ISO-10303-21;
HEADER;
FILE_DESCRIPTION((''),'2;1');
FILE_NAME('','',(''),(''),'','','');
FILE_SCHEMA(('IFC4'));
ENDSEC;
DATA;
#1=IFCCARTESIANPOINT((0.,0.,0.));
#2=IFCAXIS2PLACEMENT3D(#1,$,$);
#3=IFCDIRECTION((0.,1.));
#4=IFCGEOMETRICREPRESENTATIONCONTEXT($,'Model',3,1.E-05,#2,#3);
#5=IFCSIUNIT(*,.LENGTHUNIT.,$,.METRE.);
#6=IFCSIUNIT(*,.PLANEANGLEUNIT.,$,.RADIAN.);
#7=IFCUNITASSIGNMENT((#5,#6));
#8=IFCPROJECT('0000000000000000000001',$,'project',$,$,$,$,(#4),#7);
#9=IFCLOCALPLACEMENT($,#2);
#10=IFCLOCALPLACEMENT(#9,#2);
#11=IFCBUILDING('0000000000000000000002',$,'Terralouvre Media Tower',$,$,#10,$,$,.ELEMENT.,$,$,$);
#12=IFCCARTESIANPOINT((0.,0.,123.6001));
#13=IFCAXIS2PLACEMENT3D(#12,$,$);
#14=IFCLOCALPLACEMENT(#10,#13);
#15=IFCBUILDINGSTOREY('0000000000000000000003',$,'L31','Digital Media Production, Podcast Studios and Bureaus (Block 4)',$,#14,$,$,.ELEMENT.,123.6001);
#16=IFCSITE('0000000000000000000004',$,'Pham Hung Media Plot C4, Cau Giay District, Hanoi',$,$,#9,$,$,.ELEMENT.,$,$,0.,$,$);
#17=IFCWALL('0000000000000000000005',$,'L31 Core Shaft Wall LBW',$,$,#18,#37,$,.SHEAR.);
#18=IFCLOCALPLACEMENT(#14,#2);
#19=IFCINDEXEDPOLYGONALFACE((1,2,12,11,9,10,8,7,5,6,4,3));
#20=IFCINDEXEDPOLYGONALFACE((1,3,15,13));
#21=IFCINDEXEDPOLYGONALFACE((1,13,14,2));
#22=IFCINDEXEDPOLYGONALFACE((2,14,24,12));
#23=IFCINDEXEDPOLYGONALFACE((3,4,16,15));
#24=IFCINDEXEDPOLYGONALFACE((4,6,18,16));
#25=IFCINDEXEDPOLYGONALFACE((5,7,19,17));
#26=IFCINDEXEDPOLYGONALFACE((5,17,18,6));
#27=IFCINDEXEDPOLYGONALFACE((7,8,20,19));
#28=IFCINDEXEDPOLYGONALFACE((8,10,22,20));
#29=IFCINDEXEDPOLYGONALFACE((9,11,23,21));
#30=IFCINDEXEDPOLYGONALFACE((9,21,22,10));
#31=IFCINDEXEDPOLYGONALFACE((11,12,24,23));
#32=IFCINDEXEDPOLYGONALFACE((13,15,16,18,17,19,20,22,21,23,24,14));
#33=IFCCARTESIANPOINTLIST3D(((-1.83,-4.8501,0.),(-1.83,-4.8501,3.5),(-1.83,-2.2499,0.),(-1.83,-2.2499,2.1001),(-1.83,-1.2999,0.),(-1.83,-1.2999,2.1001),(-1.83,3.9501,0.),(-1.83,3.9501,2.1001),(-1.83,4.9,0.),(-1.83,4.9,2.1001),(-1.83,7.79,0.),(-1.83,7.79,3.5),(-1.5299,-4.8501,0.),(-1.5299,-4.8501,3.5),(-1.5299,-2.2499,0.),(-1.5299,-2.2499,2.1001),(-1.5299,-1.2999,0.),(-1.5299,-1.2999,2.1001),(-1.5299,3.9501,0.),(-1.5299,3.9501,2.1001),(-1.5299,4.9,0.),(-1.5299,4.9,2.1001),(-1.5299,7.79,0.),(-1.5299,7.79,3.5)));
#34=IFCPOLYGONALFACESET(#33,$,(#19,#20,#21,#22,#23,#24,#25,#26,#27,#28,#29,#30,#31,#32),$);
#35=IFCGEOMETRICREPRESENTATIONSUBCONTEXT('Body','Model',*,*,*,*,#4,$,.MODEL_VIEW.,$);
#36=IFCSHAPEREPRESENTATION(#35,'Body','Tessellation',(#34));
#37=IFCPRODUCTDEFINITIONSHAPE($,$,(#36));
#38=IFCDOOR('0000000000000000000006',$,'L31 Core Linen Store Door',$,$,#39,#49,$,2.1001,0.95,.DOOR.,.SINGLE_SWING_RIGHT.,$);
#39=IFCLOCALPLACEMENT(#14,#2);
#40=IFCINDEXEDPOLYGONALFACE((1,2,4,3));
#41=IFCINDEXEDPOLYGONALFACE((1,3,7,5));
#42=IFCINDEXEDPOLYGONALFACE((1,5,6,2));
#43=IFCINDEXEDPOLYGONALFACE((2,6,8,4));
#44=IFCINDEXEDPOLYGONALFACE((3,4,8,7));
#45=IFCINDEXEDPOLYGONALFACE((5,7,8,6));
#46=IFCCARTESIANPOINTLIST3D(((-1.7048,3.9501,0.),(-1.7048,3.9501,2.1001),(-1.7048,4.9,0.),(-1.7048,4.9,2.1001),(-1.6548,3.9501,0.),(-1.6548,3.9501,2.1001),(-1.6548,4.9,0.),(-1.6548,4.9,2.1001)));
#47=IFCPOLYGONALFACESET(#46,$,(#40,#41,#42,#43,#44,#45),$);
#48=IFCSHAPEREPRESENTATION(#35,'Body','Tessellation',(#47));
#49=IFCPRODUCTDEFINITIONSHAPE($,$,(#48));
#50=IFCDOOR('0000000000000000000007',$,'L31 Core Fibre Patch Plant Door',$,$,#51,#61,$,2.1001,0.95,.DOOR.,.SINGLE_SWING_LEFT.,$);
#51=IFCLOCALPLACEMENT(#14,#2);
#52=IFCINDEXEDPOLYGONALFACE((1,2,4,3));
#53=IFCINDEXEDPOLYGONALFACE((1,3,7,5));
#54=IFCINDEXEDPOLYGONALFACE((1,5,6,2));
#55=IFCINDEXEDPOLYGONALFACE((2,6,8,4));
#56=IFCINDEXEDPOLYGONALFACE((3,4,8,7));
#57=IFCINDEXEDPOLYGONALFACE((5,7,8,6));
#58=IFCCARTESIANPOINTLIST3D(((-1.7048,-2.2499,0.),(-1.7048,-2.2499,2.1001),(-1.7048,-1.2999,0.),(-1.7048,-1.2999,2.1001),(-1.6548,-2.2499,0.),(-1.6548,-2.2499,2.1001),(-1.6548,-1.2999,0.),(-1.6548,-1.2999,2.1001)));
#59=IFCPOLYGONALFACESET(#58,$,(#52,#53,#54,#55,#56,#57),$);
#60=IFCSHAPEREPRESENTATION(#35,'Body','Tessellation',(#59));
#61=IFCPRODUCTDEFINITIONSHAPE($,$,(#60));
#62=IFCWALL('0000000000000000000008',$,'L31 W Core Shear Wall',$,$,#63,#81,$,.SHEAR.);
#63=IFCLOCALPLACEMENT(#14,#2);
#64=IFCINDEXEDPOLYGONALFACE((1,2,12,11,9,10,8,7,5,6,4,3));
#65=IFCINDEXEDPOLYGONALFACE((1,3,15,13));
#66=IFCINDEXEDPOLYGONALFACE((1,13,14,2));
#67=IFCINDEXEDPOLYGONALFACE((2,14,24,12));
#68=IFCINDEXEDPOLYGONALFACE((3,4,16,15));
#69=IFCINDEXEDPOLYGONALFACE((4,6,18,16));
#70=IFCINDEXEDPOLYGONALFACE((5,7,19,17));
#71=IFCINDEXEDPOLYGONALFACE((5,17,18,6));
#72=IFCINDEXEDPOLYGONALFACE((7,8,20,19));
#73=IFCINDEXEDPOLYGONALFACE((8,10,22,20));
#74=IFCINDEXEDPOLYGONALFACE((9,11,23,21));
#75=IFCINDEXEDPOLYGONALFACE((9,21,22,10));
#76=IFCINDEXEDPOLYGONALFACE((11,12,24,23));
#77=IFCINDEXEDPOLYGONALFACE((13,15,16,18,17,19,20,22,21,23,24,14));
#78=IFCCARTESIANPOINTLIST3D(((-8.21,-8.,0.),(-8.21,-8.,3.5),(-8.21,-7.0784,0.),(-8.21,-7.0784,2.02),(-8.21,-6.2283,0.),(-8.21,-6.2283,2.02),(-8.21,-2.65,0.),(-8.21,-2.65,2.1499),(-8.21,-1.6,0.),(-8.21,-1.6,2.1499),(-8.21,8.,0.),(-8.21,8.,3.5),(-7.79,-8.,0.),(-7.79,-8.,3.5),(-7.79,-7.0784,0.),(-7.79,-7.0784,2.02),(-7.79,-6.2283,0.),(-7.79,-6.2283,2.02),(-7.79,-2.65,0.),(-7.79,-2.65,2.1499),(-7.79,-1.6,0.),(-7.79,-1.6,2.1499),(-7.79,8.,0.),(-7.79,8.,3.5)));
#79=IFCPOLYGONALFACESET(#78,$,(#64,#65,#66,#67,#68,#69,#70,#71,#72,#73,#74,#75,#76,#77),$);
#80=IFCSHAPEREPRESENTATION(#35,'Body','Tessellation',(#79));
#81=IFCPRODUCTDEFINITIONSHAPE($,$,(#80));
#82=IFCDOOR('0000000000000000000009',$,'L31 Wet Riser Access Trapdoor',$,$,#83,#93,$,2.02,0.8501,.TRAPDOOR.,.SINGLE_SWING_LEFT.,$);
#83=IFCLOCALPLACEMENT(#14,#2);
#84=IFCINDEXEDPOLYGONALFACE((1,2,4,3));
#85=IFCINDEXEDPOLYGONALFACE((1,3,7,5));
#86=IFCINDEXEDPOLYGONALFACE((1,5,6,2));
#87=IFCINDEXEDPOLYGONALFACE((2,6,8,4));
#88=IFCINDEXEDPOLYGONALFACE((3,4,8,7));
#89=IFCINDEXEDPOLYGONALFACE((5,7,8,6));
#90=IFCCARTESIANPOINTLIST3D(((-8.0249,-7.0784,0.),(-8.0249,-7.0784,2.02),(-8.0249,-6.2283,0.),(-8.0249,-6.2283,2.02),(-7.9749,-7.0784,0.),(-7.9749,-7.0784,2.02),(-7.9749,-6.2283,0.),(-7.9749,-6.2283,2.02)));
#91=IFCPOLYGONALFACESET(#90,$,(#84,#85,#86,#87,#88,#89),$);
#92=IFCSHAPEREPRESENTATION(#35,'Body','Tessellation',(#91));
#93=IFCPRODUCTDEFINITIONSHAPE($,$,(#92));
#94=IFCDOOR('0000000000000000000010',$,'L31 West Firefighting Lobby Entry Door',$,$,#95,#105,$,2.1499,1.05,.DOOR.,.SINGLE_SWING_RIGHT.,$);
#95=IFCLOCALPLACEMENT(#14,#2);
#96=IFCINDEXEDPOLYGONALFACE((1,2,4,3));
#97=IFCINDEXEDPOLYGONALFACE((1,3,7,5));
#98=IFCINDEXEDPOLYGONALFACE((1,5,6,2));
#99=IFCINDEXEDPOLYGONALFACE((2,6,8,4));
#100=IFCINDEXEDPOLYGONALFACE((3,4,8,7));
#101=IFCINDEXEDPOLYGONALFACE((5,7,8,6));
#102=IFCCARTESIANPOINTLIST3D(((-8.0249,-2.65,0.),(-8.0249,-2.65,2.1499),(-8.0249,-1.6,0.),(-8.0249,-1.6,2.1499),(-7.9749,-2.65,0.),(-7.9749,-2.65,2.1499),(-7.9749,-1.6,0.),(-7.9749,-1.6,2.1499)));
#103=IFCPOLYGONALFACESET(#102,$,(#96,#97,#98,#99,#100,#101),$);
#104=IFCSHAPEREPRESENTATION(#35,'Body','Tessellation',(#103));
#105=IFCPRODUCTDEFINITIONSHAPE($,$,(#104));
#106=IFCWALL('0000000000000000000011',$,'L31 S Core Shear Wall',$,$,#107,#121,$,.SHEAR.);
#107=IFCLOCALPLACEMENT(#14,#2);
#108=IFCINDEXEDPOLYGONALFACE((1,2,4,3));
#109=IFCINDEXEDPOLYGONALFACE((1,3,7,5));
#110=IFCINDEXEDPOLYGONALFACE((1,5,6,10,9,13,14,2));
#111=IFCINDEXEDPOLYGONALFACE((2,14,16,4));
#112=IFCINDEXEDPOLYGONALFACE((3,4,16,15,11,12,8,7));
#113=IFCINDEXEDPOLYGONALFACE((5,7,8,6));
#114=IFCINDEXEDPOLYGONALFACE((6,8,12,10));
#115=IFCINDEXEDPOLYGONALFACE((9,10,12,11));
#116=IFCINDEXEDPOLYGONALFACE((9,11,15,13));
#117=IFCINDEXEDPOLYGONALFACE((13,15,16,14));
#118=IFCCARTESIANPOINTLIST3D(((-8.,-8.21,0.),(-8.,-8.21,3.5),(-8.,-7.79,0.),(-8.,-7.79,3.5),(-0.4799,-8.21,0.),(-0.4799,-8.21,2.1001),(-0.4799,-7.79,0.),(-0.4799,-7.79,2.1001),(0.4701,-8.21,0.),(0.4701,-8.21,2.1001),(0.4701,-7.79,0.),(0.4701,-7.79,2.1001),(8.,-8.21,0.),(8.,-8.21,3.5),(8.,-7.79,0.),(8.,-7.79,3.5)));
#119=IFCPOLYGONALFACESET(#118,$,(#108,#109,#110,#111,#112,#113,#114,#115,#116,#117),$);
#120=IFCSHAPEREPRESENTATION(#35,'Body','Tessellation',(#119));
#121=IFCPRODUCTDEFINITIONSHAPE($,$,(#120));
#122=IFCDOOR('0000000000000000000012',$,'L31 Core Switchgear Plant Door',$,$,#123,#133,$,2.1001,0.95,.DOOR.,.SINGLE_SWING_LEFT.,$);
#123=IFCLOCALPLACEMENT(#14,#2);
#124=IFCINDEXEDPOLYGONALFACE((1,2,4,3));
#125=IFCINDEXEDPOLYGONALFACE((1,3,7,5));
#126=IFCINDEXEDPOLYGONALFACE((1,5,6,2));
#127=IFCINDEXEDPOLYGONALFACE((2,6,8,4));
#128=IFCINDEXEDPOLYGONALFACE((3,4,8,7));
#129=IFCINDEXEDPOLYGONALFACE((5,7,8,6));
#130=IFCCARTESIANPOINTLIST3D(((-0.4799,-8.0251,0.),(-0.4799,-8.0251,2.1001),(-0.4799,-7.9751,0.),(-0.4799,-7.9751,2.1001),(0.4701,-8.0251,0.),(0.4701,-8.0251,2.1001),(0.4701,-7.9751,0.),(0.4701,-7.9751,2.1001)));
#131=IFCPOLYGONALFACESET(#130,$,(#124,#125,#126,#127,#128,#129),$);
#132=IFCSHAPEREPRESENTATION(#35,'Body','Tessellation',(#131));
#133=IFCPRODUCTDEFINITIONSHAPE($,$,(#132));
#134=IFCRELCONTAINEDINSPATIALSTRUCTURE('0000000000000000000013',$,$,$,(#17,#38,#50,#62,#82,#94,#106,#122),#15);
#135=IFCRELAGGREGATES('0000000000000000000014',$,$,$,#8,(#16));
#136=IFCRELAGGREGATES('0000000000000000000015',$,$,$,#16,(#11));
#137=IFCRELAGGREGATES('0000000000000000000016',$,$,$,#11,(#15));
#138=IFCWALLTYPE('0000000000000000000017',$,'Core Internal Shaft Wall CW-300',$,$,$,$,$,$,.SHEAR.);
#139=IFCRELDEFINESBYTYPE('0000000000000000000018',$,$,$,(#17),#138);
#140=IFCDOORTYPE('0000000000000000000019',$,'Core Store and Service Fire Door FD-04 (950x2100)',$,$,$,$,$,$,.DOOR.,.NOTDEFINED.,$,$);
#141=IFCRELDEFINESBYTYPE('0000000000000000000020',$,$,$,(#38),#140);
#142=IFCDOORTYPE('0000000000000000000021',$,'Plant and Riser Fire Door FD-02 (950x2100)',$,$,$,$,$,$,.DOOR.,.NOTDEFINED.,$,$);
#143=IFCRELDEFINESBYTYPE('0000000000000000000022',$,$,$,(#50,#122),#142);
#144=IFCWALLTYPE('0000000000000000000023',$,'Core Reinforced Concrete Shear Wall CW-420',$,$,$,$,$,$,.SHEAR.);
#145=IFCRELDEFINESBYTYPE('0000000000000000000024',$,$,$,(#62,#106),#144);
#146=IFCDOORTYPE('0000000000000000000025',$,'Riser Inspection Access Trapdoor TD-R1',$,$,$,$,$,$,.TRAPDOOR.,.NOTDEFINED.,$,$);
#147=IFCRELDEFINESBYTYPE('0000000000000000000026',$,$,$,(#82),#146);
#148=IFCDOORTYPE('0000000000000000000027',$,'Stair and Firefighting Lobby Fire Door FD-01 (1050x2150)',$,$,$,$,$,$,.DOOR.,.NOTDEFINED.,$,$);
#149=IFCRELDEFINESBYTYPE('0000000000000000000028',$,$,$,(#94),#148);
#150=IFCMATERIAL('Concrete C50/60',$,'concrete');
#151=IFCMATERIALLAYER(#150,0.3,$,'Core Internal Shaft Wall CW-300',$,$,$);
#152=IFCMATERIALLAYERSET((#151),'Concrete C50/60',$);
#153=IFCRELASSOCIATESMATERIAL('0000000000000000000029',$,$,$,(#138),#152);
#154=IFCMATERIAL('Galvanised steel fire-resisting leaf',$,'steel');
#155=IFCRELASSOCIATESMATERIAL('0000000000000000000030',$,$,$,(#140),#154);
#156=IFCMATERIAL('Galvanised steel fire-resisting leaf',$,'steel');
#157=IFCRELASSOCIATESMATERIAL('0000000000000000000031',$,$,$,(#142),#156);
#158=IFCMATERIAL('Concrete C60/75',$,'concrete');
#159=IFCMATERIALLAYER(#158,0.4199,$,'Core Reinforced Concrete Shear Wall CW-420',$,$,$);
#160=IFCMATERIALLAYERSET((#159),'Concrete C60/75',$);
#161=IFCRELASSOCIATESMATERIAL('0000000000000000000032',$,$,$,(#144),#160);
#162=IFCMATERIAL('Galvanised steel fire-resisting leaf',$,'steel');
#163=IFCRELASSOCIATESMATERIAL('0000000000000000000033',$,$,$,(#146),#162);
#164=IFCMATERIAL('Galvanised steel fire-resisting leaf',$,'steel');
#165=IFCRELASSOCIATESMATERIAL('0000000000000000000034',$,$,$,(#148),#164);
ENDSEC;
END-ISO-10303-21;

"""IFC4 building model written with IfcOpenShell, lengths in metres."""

from ifc_helpers import new_model, si_unit, direction, frame, frame_2d, origin, place, context, subcontext, project, spatial, rectangle, extrude, material, layer, layer_set, type_object, element, fill, save


model = new_model("IFC4")

# Units and contexts
model_context = context("Model", 3, precision=1e-05, world=origin(), true_north=direction((0.0, 1.0)))
body_context = subcontext(model_context, "Body", "Model", "MODEL_VIEW")
ifc_project = project(units=[si_unit("LENGTHUNIT", "METRE"), si_unit("PLANEANGLEUNIT", "RADIAN")], contexts=[model_context])

# Site, building, storey
site_placement = place(None, origin())
site = spatial("IfcSite", under=ifc_project, at=site_placement, Name="Pham Hung Media Plot C4, Cau Giay District, Hanoi", CompositionType="ELEMENT", RefElevation=0.0)
building_placement = place(site_placement, origin())
building = spatial("IfcBuilding", under=site, at=building_placement, Name="Terralouvre Media Tower", CompositionType="ELEMENT")
storey_placement = place(building_placement, frame((0.0, 0.0, 123.6001)))
storey = spatial("IfcBuildingStorey", under=building, at=storey_placement, Name="L31", Description="Digital Media Production, Podcast Studios and Bureaus (Block 4)", CompositionType="ELEMENT", Elevation=123.6001)

# Shared definitions
ifc_material_1 = material(Name="Concrete C50/60", Category="concrete")
ifc_layer_1 = layer(ifc_material_1, 0.3, Name="Core Internal Shaft Wall CW-300")
ifc_layer_set_1 = layer_set([ifc_layer_1], Name="Concrete C50/60")
wall_type_1 = type_object("IfcWallType", Name="Core Internal Shaft Wall CW-300", PredefinedType="SHEAR", material=ifc_layer_set_1)

# Walls, openings, doors
wall_1_placement = place(storey_placement, frame((-1.6799, -4.8501, 0.0), z_axis=(0.0, 0.0, 1.0), x_axis=(0.0, 1.0, 0.0)))
wall_1 = element("IfcWall", 1, at=wall_1_placement, inside=storey, type_object=wall_type_1, Name="L31 Core Shaft Wall LBW", PredefinedType="SHEAR", context=body_context, shape_type="SweptSolid", body=[
    extrude(rectangle(XDim=12.6401, YDim=0.3, at=frame_2d((6.3201, 0.0))), origin(), (0.0, 0.0, 1.0), 3.5),
])
opening_1_placement = place(wall_1_placement, frame((2.6001, 0.0, 0.0)))
opening_1 = element("IfcOpeningElement", 2, at=opening_1_placement, cuts=wall_1, PredefinedType="OPENING", context=body_context, shape_type="SweptSolid", body=[
    extrude(rectangle(XDim=0.95, YDim=2.1001, at=frame_2d((0.4751, 1.05))), frame((0.0, 0.1599, 0.0), z_axis=(0.0, -1.0, 0.0), x_axis=(1.0, 0.0, 0.0)), (0.0, 0.0, 1.0), 0.3201),
])
opening_2_placement = place(wall_1_placement, frame((8.8, 0.0, 0.0)))
opening_2 = element("IfcOpeningElement", 3, at=opening_2_placement, cuts=wall_1, PredefinedType="OPENING", context=body_context, shape_type="SweptSolid", body=[
    extrude(rectangle(XDim=0.95, YDim=2.1001, at=frame_2d((0.4751, 1.05))), frame((0.0, 0.1599, 0.0), z_axis=(0.0, -1.0, 0.0), x_axis=(1.0, 0.0, 0.0)), (0.0, 0.0, 1.0), 0.3201),
])
ifc_material_2 = material(Name="Galvanised steel fire-resisting leaf", Category="steel")
door_type_1 = type_object("IfcDoorType", Name="Core Store and Service Fire Door FD-04 (950x2100)", OperationType="NOTDEFINED", PredefinedType="DOOR", material=ifc_material_2)
door_1_placement = place(opening_2_placement, origin())
door_1 = element("IfcDoor", 4, at=door_1_placement, inside=storey, type_object=door_type_1, Name="L31 Core Linen Store Door", OperationType="SINGLE_SWING_RIGHT", OverallHeight=2.1001, OverallWidth=0.95, PredefinedType="DOOR", context=body_context, shape_type="SweptSolid", body=[
    extrude(rectangle(XDim=0.95, YDim=2.1001, at=frame_2d((0.4751, 1.05))), frame((0.0, 0.0249, 0.0), z_axis=(0.0, -1.0, 0.0), x_axis=(1.0, 0.0, 0.0)), (0.0, 0.0, 1.0), 0.05),
])
fill(opening_2, door_1)
ifc_material_3 = material(Name="Galvanised steel fire-resisting leaf", Category="steel")
door_type_2 = type_object("IfcDoorType", Name="Plant and Riser Fire Door FD-02 (950x2100)", OperationType="NOTDEFINED", PredefinedType="DOOR", material=ifc_material_3)
door_2_placement = place(opening_1_placement, origin())
door_2 = element("IfcDoor", 5, at=door_2_placement, inside=storey, type_object=door_type_2, Name="L31 Core Fibre Patch Plant Door", OperationType="SINGLE_SWING_LEFT", OverallHeight=2.1001, OverallWidth=0.95, PredefinedType="DOOR", context=body_context, shape_type="SweptSolid", body=[
    extrude(rectangle(XDim=0.95, YDim=2.1001, at=frame_2d((0.4751, 1.05))), frame((0.0, 0.0249, 0.0), z_axis=(0.0, -1.0, 0.0), x_axis=(1.0, 0.0, 0.0)), (0.0, 0.0, 1.0), 0.05),
])
fill(opening_1, door_2)
ifc_material_4 = material(Name="Concrete C60/75", Category="concrete")
ifc_layer_2 = layer(ifc_material_4, 0.4199, Name="Core Reinforced Concrete Shear Wall CW-420")
ifc_layer_set_2 = layer_set([ifc_layer_2], Name="Concrete C60/75")
wall_type_2 = type_object("IfcWallType", Name="Core Reinforced Concrete Shear Wall CW-420", PredefinedType="SHEAR", material=ifc_layer_set_2)
wall_2_placement = place(storey_placement, frame((-8.0, -8.0, 0.0), z_axis=(0.0, 0.0, 1.0), x_axis=(0.0, 1.0, 0.0)))
wall_2 = element("IfcWall", 6, at=wall_2_placement, inside=storey, type_object=wall_type_2, Name="L31 W Core Shear Wall", PredefinedType="SHEAR", context=body_context, shape_type="SweptSolid", body=[
    extrude(rectangle(XDim=16.0, YDim=0.4199, at=frame_2d((8.0, 0.0))), origin(), (0.0, 0.0, 1.0), 3.5),
])
opening_3_placement = place(wall_2_placement, frame((0.9216, 0.0, 0.0)))
opening_3 = element("IfcOpeningElement", 7, at=opening_3_placement, cuts=wall_2, PredefinedType="OPENING", context=body_context, shape_type="SweptSolid", body=[
    extrude(rectangle(XDim=0.8501, YDim=2.02, at=frame_2d((0.425, 1.01))), frame((0.0, 0.22, 0.0), z_axis=(0.0, -1.0, 0.0), x_axis=(1.0, 0.0, 0.0)), (0.0, 0.0, 1.0), 0.4399),
])
opening_4_placement = place(wall_2_placement, frame((5.3501, 0.0, 0.0)))
opening_4 = element("IfcOpeningElement", 8, at=opening_4_placement, cuts=wall_2, PredefinedType="OPENING", context=body_context, shape_type="SweptSolid", body=[
    extrude(rectangle(XDim=1.05, YDim=2.1499, at=frame_2d((0.5249, 1.075))), frame((0.0, 0.22, 0.0), z_axis=(0.0, -1.0, 0.0), x_axis=(1.0, 0.0, 0.0)), (0.0, 0.0, 1.0), 0.4399),
])
ifc_material_5 = material(Name="Galvanised steel fire-resisting leaf", Category="steel")
door_type_3 = type_object("IfcDoorType", Name="Riser Inspection Access Trapdoor TD-R1", OperationType="NOTDEFINED", PredefinedType="TRAPDOOR", material=ifc_material_5)
door_3_placement = place(opening_3_placement, origin())
door_3 = element("IfcDoor", 9, at=door_3_placement, inside=storey, type_object=door_type_3, Name="L31 Wet Riser Access Trapdoor", OperationType="SINGLE_SWING_LEFT", OverallHeight=2.02, OverallWidth=0.8501, PredefinedType="TRAPDOOR", context=body_context, shape_type="SweptSolid", body=[
    extrude(rectangle(XDim=0.8501, YDim=2.02, at=frame_2d((0.425, 1.01))), frame((0.0, 0.0249, 0.0), z_axis=(0.0, -1.0, 0.0), x_axis=(1.0, 0.0, 0.0)), (0.0, 0.0, 1.0), 0.05),
])
fill(opening_3, door_3)
ifc_material_6 = material(Name="Galvanised steel fire-resisting leaf", Category="steel")
door_type_4 = type_object("IfcDoorType", Name="Stair and Firefighting Lobby Fire Door FD-01 (1050x2150)", OperationType="NOTDEFINED", PredefinedType="DOOR", material=ifc_material_6)
door_4_placement = place(opening_4_placement, origin())
door_4 = element("IfcDoor", 10, at=door_4_placement, inside=storey, type_object=door_type_4, Name="L31 West Firefighting Lobby Entry Door", OperationType="SINGLE_SWING_RIGHT", OverallHeight=2.1499, OverallWidth=1.05, PredefinedType="DOOR", context=body_context, shape_type="SweptSolid", body=[
    extrude(rectangle(XDim=1.05, YDim=2.1499, at=frame_2d((0.5249, 1.075))), frame((0.0, 0.0249, 0.0), z_axis=(0.0, -1.0, 0.0), x_axis=(1.0, 0.0, 0.0)), (0.0, 0.0, 1.0), 0.05),
])
fill(opening_4, door_4)

# Wall, opening, door
wall_3_placement = place(storey_placement, frame((-8.0, -8.0, 0.0), z_axis=(0.0, 0.0, 1.0), x_axis=(1.0, 0.0, 0.0)))
wall_3 = element("IfcWall", 11, at=wall_3_placement, inside=storey, type_object=wall_type_2, Name="L31 S Core Shear Wall", PredefinedType="SHEAR", context=body_context, shape_type="SweptSolid", body=[
    extrude(rectangle(XDim=16.0, YDim=0.4199, at=frame_2d((8.0, 0.0))), origin(), (0.0, 0.0, 1.0), 3.5),
])
opening_5_placement = place(wall_3_placement, frame((7.52, 0.0, 0.0)))
opening_5 = element("IfcOpeningElement", 12, at=opening_5_placement, cuts=wall_3, PredefinedType="OPENING", context=body_context, shape_type="SweptSolid", body=[
    extrude(rectangle(XDim=0.95, YDim=2.1001, at=frame_2d((0.4751, 1.05))), frame((0.0, 0.22, 0.0), z_axis=(0.0, -1.0, 0.0), x_axis=(1.0, 0.0, 0.0)), (0.0, 0.0, 1.0), 0.4399),
])
door_5_placement = place(opening_5_placement, origin())
door_5 = element("IfcDoor", 13, at=door_5_placement, inside=storey, type_object=door_type_2, Name="L31 Core Switchgear Plant Door", OperationType="SINGLE_SWING_LEFT", OverallHeight=2.1001, OverallWidth=0.95, PredefinedType="DOOR", context=body_context, shape_type="SweptSolid", body=[
    extrude(rectangle(XDim=0.95, YDim=2.1001, at=frame_2d((0.4751, 1.05))), frame((0.0, 0.0249, 0.0), z_axis=(0.0, -1.0, 0.0), x_axis=(1.0, 0.0, 0.0)), (0.0, 0.0, 1.0), 0.05),
])
fill(opening_5, door_5)

save(model, "model.ifc")
